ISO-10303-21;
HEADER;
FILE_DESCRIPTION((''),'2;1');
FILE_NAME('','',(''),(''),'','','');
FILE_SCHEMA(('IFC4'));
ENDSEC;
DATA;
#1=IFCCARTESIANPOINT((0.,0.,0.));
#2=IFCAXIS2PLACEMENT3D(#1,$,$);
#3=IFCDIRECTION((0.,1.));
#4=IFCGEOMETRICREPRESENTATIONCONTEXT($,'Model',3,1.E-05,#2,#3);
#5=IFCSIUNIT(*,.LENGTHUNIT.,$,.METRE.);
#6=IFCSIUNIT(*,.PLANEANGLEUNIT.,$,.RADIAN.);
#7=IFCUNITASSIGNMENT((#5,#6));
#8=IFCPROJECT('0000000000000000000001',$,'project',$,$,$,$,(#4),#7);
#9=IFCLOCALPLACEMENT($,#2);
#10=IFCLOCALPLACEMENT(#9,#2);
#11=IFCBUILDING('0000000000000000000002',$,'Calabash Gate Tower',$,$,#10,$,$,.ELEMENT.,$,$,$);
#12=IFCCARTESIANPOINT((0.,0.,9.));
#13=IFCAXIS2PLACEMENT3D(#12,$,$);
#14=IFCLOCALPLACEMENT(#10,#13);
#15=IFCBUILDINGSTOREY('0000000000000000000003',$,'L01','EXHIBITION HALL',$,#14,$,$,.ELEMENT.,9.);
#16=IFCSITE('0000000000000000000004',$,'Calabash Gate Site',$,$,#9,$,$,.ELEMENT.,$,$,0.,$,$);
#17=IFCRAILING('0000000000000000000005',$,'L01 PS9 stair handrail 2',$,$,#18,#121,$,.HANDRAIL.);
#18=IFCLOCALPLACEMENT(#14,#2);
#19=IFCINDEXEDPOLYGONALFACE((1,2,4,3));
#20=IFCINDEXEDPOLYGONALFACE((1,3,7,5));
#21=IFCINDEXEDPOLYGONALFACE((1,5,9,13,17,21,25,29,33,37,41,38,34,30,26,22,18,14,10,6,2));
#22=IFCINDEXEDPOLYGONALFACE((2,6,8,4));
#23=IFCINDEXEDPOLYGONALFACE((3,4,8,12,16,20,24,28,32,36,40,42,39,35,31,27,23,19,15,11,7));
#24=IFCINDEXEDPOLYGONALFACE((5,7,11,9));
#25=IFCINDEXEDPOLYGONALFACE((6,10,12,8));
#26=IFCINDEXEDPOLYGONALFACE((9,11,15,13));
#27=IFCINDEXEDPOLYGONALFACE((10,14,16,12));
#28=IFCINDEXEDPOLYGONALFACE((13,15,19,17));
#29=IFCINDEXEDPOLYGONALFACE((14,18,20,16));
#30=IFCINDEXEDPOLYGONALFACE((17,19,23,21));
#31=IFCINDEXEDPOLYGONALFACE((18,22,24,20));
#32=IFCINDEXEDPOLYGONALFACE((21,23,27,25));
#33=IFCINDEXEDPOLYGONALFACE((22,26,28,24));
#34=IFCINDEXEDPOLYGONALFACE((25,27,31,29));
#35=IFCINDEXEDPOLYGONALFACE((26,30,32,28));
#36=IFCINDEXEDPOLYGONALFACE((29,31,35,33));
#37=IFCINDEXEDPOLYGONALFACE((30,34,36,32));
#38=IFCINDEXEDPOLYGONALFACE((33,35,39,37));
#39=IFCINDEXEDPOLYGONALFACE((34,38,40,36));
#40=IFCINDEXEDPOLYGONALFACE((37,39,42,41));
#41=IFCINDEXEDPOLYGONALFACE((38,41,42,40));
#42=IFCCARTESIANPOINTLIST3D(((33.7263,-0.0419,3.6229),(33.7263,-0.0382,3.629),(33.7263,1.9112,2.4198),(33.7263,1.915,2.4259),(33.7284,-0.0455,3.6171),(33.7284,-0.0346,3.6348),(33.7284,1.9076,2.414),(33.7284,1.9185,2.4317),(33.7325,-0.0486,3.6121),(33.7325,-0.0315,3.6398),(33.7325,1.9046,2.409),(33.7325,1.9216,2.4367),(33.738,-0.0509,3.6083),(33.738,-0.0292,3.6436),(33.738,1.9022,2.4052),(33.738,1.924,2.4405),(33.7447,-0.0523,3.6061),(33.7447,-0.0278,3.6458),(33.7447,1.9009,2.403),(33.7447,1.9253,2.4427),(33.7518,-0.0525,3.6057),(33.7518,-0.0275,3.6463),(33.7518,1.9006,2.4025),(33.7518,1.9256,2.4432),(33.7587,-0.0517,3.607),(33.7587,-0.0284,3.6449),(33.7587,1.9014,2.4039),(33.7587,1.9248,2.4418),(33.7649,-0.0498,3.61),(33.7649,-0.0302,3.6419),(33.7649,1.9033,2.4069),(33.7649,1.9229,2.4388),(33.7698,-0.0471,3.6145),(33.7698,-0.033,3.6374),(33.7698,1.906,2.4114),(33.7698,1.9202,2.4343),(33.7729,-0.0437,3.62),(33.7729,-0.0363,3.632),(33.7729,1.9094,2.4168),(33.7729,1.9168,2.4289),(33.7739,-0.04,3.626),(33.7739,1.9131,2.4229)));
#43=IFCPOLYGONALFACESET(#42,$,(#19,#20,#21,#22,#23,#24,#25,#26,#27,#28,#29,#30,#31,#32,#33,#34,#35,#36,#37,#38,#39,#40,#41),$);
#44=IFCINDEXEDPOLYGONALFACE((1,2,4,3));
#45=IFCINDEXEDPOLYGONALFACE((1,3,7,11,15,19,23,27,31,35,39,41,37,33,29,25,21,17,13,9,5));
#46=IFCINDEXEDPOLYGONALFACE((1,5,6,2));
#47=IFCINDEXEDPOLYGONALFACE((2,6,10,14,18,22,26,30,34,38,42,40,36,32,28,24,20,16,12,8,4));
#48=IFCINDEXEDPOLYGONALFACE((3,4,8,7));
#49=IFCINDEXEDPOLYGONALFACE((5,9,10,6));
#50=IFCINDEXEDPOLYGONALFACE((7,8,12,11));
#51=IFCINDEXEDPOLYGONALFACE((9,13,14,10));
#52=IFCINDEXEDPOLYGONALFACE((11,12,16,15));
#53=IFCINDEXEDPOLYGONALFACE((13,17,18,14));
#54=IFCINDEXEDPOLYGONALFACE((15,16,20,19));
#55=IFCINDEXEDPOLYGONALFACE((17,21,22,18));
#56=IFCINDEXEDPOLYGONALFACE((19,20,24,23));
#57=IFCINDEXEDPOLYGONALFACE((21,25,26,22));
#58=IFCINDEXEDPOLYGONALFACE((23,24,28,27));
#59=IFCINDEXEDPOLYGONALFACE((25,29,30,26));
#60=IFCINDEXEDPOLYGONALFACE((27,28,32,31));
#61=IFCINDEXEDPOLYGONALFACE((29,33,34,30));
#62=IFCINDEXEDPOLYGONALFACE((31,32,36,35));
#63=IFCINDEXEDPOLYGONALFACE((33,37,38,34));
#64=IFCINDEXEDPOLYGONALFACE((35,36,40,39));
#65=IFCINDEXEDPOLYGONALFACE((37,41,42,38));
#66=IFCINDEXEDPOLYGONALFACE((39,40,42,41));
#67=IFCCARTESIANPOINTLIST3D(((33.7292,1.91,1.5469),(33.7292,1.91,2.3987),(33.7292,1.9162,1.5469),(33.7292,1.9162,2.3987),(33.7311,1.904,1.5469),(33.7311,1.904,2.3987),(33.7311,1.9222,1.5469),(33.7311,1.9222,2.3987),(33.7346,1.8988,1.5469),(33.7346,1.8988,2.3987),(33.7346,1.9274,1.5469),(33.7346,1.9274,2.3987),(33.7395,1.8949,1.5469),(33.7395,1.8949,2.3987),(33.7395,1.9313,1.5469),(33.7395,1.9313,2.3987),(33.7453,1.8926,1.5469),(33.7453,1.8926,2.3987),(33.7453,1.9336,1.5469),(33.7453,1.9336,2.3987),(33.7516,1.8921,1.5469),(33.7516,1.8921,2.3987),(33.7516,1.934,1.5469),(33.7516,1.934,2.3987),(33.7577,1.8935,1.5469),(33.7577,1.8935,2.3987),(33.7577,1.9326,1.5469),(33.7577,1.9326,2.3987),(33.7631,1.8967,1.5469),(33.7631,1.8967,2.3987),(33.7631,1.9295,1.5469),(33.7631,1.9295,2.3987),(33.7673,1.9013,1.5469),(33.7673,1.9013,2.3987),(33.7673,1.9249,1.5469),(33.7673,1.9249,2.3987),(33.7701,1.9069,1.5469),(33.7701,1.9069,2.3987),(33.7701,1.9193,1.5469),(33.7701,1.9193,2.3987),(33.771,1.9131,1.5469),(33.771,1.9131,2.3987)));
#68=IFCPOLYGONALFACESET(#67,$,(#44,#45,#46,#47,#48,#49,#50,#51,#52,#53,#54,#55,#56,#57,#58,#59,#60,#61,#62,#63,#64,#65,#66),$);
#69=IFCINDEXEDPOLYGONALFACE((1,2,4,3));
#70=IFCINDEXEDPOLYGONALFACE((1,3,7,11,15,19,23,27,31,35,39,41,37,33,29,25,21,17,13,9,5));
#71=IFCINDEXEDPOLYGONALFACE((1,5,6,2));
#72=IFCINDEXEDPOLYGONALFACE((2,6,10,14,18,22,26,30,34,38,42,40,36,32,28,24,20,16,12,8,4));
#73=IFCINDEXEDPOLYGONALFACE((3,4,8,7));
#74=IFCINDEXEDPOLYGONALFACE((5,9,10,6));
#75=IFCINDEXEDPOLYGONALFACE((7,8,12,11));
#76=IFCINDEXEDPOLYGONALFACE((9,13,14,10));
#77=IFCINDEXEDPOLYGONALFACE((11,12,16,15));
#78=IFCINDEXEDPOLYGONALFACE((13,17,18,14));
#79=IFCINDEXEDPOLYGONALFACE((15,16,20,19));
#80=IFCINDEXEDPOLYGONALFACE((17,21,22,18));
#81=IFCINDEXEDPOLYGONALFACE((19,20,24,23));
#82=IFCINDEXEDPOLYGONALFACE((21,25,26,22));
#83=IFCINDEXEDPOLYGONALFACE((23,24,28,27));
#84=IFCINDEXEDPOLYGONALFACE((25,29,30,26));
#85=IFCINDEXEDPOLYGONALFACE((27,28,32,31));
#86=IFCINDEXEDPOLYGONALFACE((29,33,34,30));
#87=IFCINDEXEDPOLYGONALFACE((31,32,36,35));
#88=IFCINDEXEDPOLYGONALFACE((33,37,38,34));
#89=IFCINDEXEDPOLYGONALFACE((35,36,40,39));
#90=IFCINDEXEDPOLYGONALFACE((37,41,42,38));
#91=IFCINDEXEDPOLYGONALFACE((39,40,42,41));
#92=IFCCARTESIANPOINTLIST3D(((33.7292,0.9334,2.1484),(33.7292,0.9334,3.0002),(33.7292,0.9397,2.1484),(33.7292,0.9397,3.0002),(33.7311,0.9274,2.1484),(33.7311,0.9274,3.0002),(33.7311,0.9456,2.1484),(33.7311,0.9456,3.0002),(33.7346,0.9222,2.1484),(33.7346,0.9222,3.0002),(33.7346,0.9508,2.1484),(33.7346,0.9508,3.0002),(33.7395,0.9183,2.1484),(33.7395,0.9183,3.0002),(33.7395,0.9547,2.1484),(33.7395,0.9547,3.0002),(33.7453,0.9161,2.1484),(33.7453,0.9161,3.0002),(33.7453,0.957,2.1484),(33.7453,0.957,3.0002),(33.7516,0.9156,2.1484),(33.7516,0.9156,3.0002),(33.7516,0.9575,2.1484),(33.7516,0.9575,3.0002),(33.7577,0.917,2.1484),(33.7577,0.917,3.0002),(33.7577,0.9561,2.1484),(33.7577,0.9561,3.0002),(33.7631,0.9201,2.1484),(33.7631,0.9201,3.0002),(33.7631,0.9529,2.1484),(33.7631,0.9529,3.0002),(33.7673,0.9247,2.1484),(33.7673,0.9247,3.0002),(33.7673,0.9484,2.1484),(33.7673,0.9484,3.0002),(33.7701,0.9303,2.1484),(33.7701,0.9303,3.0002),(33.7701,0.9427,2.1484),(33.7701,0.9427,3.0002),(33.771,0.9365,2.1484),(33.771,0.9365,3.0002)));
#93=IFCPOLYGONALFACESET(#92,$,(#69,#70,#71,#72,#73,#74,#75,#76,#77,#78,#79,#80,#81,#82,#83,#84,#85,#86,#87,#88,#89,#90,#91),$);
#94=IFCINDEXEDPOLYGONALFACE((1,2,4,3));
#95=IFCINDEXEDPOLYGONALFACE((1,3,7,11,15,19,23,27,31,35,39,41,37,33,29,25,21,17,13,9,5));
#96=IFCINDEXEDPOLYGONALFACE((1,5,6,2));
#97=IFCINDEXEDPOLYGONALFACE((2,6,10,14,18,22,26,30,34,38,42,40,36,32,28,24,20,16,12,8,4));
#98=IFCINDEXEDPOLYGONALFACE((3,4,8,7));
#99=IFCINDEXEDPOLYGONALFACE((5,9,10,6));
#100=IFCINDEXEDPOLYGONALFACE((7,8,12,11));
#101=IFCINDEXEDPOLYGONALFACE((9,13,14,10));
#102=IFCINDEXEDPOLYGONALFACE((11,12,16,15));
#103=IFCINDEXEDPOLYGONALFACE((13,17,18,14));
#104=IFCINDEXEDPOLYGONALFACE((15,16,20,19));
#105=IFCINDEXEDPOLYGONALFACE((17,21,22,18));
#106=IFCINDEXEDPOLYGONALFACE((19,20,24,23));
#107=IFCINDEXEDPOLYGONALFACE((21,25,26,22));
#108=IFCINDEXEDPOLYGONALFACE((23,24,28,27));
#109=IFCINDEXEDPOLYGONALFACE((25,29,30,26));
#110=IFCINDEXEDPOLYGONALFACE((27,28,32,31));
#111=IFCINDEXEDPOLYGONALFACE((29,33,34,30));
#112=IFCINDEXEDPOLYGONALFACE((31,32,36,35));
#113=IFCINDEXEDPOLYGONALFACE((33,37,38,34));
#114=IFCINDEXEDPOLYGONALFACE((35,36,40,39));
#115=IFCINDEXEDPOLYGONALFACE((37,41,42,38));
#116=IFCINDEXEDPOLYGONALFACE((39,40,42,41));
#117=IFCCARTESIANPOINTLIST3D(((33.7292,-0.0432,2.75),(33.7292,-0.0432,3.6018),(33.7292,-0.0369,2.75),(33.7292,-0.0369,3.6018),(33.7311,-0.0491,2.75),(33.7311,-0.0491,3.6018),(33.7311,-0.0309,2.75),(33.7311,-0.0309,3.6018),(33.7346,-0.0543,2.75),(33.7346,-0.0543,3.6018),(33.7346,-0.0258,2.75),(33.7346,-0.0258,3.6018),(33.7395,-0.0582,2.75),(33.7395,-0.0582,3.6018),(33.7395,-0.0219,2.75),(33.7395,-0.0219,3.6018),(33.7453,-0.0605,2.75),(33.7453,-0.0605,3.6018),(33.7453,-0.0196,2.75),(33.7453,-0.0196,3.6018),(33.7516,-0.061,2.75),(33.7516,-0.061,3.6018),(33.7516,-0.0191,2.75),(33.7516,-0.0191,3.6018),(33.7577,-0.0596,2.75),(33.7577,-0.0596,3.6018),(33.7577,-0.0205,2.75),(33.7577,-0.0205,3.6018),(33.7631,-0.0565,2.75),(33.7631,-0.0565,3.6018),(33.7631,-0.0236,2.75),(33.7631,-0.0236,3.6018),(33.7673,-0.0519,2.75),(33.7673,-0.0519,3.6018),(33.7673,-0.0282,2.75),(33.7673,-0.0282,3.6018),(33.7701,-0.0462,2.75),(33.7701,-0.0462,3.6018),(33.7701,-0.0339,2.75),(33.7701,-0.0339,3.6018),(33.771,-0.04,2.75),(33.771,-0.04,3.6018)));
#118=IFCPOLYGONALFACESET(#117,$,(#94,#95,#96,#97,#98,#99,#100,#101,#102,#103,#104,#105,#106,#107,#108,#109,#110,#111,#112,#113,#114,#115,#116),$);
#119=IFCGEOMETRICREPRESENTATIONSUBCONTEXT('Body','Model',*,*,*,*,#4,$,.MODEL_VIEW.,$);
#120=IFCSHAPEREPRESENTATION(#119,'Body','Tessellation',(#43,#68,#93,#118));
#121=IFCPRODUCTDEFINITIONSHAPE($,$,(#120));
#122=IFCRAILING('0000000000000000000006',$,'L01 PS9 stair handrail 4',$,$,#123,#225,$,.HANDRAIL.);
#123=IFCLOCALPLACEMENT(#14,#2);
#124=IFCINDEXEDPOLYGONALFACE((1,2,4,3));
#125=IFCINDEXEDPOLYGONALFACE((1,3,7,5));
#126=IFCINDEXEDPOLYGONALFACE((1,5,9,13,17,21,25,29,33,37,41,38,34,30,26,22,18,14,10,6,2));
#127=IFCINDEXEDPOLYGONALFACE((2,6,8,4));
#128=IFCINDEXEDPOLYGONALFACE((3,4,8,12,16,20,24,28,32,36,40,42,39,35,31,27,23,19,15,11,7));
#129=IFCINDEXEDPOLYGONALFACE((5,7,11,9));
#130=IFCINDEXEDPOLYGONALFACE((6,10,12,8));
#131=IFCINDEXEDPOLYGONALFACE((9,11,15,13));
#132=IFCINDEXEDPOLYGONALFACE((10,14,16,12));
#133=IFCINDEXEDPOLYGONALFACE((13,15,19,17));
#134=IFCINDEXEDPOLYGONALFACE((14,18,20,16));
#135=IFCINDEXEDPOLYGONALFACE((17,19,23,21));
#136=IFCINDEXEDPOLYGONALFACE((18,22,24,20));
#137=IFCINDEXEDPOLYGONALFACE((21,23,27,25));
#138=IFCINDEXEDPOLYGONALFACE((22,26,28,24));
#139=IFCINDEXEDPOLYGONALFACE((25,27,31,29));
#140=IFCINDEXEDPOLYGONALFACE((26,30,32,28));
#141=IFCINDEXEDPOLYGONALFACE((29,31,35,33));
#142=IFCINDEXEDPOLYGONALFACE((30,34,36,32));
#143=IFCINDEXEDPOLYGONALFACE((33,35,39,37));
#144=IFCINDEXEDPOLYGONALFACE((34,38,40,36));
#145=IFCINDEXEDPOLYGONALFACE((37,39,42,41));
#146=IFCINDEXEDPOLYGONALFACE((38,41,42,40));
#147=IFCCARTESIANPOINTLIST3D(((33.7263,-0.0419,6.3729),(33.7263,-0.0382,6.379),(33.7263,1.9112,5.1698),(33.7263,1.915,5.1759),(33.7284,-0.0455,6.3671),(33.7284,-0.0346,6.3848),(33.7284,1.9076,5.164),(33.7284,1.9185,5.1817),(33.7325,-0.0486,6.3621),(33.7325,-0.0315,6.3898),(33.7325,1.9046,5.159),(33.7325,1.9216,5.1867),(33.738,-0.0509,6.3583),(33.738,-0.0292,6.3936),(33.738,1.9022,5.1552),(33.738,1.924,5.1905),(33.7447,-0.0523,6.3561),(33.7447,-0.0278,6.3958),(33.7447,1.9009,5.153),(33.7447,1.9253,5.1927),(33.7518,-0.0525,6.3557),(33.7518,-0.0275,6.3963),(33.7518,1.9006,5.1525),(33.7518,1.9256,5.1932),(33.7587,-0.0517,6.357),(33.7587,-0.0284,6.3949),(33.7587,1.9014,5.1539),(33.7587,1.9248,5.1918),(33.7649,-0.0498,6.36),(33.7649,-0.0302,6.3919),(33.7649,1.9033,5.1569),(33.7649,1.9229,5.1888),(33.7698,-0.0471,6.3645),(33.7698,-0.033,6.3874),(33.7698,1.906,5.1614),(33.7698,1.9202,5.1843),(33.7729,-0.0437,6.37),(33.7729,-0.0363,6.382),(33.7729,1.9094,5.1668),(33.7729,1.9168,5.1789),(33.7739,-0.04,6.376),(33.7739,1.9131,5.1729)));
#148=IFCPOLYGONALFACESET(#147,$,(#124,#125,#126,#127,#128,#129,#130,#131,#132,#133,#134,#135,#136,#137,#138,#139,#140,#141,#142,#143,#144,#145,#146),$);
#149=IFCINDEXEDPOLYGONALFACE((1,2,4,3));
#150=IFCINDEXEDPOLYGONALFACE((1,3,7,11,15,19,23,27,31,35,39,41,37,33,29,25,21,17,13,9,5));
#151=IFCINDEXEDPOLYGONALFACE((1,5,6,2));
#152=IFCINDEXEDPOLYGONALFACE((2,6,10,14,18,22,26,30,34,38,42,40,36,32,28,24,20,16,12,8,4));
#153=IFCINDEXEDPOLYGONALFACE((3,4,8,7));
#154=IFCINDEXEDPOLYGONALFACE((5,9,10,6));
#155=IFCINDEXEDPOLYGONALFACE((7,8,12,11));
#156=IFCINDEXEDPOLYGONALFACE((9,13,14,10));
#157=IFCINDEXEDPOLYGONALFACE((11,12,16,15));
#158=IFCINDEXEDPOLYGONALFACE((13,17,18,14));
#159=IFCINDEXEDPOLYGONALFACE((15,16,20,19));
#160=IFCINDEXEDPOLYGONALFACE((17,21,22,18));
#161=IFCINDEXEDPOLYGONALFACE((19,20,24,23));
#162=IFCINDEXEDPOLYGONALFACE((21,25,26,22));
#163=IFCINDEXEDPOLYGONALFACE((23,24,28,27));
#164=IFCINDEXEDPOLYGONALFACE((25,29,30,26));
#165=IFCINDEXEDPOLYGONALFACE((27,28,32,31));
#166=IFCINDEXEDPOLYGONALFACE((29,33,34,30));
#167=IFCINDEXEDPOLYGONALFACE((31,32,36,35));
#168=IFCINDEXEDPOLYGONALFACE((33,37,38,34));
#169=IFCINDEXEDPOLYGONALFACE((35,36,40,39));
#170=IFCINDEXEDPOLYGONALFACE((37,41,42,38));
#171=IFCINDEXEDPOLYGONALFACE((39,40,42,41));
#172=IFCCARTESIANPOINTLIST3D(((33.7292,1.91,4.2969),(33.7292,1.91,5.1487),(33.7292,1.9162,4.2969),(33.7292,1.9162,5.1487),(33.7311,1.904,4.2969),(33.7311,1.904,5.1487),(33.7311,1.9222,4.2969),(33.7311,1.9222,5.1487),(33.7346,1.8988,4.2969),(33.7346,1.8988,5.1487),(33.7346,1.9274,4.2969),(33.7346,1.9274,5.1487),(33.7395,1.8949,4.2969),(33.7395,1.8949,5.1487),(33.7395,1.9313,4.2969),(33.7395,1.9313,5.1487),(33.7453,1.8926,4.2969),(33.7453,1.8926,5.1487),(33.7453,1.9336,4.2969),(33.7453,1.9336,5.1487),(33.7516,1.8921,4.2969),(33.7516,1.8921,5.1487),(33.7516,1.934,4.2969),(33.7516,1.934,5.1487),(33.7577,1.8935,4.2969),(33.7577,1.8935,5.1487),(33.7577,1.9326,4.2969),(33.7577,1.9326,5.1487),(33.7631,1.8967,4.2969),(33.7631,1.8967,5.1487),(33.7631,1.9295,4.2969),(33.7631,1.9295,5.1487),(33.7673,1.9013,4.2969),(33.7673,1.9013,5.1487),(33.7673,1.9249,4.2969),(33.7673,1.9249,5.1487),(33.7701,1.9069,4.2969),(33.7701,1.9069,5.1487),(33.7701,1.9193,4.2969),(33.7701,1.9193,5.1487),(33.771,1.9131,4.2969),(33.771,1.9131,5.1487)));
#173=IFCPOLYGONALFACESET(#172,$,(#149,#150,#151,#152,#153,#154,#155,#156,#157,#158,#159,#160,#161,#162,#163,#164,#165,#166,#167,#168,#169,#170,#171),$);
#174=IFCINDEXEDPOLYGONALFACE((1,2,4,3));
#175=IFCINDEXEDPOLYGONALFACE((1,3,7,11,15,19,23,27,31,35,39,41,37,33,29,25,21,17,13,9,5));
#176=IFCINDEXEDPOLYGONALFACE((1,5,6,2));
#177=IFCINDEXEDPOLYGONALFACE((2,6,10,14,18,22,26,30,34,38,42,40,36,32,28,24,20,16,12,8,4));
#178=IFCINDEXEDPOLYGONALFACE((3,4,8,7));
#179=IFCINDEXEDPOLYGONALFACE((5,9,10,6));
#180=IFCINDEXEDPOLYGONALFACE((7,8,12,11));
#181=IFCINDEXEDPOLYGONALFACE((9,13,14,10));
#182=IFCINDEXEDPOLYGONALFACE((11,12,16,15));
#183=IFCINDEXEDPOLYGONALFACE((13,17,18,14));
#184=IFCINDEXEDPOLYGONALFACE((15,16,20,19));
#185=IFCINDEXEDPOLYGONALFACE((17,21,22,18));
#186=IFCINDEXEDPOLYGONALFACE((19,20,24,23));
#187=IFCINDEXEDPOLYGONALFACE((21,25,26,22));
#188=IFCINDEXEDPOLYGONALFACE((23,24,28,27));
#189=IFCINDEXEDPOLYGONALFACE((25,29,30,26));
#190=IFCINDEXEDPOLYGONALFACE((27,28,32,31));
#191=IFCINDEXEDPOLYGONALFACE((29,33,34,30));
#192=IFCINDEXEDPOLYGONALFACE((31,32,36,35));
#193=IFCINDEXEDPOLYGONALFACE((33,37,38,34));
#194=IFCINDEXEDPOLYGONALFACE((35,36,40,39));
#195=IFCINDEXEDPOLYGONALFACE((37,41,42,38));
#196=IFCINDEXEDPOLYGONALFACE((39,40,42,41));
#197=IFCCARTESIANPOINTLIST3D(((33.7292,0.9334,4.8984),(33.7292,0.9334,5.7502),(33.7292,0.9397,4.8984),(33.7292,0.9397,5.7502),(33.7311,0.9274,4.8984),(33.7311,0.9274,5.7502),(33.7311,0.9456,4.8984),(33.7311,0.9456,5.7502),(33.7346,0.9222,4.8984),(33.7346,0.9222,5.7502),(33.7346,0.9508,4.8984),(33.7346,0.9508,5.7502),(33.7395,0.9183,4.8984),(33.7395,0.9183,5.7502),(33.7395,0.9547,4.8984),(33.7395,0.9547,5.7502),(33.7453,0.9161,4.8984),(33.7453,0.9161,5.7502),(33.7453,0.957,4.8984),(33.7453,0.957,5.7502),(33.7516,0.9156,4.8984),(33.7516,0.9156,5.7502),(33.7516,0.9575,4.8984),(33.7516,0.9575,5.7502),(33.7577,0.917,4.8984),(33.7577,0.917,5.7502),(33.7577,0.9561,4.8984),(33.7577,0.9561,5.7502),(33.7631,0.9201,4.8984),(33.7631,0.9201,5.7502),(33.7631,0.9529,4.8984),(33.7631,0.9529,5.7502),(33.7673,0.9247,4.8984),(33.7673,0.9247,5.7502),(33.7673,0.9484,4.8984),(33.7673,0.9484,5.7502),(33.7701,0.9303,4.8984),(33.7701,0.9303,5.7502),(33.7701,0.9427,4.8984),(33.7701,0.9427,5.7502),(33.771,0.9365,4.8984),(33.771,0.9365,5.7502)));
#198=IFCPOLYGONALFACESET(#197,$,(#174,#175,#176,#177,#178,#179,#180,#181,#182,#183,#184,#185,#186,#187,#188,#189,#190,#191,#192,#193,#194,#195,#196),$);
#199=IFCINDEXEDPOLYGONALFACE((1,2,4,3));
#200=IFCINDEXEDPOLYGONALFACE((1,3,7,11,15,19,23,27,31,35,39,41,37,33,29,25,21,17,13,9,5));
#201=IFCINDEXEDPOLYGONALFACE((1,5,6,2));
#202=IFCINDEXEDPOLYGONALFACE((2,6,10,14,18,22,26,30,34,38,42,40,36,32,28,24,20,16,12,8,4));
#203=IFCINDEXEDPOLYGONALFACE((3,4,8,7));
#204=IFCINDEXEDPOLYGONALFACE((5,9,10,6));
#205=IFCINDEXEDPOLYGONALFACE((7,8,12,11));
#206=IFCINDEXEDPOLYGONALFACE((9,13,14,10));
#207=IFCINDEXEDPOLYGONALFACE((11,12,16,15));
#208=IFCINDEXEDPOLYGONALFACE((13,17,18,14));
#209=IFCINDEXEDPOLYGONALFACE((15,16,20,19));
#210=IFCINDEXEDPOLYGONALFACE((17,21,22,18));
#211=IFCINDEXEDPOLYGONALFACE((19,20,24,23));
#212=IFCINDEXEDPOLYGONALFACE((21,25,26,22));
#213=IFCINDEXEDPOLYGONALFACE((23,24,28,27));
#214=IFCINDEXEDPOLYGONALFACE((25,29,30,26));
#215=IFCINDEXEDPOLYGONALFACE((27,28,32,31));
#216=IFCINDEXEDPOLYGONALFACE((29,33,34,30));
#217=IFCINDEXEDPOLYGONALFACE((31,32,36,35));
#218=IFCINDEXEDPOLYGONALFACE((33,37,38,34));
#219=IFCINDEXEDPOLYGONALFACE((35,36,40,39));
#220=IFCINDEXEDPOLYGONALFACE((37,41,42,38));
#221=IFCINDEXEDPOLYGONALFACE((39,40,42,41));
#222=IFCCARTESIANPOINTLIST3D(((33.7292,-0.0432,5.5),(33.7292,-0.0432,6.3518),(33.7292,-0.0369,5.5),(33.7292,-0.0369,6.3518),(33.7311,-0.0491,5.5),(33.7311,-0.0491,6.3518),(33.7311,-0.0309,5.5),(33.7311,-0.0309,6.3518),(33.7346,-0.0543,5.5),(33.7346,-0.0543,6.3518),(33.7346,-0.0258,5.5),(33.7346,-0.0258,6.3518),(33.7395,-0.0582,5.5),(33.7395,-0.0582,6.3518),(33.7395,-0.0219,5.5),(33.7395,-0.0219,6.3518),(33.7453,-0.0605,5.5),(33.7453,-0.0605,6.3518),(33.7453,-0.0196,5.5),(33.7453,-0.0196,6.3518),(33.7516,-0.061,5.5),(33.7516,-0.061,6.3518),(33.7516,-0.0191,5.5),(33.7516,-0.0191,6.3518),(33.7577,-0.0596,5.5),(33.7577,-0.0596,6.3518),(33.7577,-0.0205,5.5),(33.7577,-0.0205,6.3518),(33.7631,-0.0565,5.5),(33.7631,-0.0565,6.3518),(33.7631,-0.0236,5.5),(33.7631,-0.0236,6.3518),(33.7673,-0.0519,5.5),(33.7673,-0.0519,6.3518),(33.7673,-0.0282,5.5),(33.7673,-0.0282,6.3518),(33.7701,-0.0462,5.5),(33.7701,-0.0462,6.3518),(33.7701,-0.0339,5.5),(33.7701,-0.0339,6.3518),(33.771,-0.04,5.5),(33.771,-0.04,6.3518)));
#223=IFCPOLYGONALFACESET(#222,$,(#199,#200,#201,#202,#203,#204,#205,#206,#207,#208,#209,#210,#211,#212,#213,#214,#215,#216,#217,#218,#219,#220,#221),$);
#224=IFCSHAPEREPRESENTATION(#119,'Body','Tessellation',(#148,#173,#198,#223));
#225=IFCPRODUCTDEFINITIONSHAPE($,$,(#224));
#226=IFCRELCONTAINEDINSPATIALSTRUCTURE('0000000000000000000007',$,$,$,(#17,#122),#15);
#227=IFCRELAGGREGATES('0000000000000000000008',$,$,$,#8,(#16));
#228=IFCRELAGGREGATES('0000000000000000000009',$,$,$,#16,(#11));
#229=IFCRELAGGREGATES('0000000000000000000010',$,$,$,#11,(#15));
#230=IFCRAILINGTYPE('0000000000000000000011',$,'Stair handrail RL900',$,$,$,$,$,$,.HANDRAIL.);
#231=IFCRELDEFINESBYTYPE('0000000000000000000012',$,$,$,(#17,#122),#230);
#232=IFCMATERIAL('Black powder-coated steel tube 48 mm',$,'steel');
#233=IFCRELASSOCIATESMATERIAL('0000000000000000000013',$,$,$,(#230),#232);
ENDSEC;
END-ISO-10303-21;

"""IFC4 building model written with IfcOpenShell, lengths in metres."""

from ifc_helpers import new_model, si_unit, direction, frame, origin, origin_2d, place, context, subcontext, project, spatial, circle, extrude, material, type_object, element, save


model = new_model("IFC4")

# Units and contexts
model_context = context("Model", 3, precision=1e-05, world=origin(), true_north=direction((0.0, 1.0)))
body_context = subcontext(model_context, "Body", "Model", "MODEL_VIEW")
ifc_project = project(units=[si_unit("LENGTHUNIT", "METRE"), si_unit("PLANEANGLEUNIT", "RADIAN")], contexts=[model_context])

# Site, building, storey
site_placement = place(None, origin())
site = spatial("IfcSite", under=ifc_project, at=site_placement, Name="Calabash Gate Site", CompositionType="ELEMENT", RefElevation=0.0)
building_placement = place(site_placement, origin())
building = spatial("IfcBuilding", under=site, at=building_placement, Name="Calabash Gate Tower", CompositionType="ELEMENT")
storey_placement = place(building_placement, frame((0.0, 0.0, 9.0)))
storey = spatial("IfcBuildingStorey", under=building, at=storey_placement, Name="L01", Description="EXHIBITION HALL", CompositionType="ELEMENT", Elevation=9.0)

# Railings
ifc_material_1 = material(Name="Black powder-coated steel tube 48 mm", Category="steel")
railing_type_1 = type_object("IfcRailingType", Name="Stair handrail RL900", PredefinedType="HANDRAIL", material=ifc_material_1)
for number, where, name in (
    (1, (33.75, 1.9131, 1.5469), "L01 PS9 stair handrail 2"),
    (2, (33.75, 1.9131, 4.2969), "L01 PS9 stair handrail 4"),
):
    element("IfcRailing", number, at=place(storey_placement, frame(where)), inside=storey, type_object=railing_type_1, Name=name, PredefinedType="HANDRAIL", context=body_context, shape_type="SweptSolid", body=[
        extrude(circle(Radius=0.0239, at=origin_2d()), frame((0.0, 0.0, 0.876), z_axis=(0.0, -0.851424, 0.524477), x_axis=(1.0, 0.0, 0.0)), (0.0, 0.0, 1.0), 2.2939),
        extrude(circle(Radius=0.021, at=origin_2d()), origin(), (0.0, 0.0, 1.0), 0.8518),
        extrude(circle(Radius=0.021, at=origin_2d()), frame((0.0, -0.9766, 0.6016)), (0.0, 0.0, 1.0), 0.8518),
        extrude(circle(Radius=0.021, at=origin_2d()), frame((0.0, -1.9531, 1.2031)), (0.0, 0.0, 1.0), 0.8518),
    ])

save(model, "model.ifc")
